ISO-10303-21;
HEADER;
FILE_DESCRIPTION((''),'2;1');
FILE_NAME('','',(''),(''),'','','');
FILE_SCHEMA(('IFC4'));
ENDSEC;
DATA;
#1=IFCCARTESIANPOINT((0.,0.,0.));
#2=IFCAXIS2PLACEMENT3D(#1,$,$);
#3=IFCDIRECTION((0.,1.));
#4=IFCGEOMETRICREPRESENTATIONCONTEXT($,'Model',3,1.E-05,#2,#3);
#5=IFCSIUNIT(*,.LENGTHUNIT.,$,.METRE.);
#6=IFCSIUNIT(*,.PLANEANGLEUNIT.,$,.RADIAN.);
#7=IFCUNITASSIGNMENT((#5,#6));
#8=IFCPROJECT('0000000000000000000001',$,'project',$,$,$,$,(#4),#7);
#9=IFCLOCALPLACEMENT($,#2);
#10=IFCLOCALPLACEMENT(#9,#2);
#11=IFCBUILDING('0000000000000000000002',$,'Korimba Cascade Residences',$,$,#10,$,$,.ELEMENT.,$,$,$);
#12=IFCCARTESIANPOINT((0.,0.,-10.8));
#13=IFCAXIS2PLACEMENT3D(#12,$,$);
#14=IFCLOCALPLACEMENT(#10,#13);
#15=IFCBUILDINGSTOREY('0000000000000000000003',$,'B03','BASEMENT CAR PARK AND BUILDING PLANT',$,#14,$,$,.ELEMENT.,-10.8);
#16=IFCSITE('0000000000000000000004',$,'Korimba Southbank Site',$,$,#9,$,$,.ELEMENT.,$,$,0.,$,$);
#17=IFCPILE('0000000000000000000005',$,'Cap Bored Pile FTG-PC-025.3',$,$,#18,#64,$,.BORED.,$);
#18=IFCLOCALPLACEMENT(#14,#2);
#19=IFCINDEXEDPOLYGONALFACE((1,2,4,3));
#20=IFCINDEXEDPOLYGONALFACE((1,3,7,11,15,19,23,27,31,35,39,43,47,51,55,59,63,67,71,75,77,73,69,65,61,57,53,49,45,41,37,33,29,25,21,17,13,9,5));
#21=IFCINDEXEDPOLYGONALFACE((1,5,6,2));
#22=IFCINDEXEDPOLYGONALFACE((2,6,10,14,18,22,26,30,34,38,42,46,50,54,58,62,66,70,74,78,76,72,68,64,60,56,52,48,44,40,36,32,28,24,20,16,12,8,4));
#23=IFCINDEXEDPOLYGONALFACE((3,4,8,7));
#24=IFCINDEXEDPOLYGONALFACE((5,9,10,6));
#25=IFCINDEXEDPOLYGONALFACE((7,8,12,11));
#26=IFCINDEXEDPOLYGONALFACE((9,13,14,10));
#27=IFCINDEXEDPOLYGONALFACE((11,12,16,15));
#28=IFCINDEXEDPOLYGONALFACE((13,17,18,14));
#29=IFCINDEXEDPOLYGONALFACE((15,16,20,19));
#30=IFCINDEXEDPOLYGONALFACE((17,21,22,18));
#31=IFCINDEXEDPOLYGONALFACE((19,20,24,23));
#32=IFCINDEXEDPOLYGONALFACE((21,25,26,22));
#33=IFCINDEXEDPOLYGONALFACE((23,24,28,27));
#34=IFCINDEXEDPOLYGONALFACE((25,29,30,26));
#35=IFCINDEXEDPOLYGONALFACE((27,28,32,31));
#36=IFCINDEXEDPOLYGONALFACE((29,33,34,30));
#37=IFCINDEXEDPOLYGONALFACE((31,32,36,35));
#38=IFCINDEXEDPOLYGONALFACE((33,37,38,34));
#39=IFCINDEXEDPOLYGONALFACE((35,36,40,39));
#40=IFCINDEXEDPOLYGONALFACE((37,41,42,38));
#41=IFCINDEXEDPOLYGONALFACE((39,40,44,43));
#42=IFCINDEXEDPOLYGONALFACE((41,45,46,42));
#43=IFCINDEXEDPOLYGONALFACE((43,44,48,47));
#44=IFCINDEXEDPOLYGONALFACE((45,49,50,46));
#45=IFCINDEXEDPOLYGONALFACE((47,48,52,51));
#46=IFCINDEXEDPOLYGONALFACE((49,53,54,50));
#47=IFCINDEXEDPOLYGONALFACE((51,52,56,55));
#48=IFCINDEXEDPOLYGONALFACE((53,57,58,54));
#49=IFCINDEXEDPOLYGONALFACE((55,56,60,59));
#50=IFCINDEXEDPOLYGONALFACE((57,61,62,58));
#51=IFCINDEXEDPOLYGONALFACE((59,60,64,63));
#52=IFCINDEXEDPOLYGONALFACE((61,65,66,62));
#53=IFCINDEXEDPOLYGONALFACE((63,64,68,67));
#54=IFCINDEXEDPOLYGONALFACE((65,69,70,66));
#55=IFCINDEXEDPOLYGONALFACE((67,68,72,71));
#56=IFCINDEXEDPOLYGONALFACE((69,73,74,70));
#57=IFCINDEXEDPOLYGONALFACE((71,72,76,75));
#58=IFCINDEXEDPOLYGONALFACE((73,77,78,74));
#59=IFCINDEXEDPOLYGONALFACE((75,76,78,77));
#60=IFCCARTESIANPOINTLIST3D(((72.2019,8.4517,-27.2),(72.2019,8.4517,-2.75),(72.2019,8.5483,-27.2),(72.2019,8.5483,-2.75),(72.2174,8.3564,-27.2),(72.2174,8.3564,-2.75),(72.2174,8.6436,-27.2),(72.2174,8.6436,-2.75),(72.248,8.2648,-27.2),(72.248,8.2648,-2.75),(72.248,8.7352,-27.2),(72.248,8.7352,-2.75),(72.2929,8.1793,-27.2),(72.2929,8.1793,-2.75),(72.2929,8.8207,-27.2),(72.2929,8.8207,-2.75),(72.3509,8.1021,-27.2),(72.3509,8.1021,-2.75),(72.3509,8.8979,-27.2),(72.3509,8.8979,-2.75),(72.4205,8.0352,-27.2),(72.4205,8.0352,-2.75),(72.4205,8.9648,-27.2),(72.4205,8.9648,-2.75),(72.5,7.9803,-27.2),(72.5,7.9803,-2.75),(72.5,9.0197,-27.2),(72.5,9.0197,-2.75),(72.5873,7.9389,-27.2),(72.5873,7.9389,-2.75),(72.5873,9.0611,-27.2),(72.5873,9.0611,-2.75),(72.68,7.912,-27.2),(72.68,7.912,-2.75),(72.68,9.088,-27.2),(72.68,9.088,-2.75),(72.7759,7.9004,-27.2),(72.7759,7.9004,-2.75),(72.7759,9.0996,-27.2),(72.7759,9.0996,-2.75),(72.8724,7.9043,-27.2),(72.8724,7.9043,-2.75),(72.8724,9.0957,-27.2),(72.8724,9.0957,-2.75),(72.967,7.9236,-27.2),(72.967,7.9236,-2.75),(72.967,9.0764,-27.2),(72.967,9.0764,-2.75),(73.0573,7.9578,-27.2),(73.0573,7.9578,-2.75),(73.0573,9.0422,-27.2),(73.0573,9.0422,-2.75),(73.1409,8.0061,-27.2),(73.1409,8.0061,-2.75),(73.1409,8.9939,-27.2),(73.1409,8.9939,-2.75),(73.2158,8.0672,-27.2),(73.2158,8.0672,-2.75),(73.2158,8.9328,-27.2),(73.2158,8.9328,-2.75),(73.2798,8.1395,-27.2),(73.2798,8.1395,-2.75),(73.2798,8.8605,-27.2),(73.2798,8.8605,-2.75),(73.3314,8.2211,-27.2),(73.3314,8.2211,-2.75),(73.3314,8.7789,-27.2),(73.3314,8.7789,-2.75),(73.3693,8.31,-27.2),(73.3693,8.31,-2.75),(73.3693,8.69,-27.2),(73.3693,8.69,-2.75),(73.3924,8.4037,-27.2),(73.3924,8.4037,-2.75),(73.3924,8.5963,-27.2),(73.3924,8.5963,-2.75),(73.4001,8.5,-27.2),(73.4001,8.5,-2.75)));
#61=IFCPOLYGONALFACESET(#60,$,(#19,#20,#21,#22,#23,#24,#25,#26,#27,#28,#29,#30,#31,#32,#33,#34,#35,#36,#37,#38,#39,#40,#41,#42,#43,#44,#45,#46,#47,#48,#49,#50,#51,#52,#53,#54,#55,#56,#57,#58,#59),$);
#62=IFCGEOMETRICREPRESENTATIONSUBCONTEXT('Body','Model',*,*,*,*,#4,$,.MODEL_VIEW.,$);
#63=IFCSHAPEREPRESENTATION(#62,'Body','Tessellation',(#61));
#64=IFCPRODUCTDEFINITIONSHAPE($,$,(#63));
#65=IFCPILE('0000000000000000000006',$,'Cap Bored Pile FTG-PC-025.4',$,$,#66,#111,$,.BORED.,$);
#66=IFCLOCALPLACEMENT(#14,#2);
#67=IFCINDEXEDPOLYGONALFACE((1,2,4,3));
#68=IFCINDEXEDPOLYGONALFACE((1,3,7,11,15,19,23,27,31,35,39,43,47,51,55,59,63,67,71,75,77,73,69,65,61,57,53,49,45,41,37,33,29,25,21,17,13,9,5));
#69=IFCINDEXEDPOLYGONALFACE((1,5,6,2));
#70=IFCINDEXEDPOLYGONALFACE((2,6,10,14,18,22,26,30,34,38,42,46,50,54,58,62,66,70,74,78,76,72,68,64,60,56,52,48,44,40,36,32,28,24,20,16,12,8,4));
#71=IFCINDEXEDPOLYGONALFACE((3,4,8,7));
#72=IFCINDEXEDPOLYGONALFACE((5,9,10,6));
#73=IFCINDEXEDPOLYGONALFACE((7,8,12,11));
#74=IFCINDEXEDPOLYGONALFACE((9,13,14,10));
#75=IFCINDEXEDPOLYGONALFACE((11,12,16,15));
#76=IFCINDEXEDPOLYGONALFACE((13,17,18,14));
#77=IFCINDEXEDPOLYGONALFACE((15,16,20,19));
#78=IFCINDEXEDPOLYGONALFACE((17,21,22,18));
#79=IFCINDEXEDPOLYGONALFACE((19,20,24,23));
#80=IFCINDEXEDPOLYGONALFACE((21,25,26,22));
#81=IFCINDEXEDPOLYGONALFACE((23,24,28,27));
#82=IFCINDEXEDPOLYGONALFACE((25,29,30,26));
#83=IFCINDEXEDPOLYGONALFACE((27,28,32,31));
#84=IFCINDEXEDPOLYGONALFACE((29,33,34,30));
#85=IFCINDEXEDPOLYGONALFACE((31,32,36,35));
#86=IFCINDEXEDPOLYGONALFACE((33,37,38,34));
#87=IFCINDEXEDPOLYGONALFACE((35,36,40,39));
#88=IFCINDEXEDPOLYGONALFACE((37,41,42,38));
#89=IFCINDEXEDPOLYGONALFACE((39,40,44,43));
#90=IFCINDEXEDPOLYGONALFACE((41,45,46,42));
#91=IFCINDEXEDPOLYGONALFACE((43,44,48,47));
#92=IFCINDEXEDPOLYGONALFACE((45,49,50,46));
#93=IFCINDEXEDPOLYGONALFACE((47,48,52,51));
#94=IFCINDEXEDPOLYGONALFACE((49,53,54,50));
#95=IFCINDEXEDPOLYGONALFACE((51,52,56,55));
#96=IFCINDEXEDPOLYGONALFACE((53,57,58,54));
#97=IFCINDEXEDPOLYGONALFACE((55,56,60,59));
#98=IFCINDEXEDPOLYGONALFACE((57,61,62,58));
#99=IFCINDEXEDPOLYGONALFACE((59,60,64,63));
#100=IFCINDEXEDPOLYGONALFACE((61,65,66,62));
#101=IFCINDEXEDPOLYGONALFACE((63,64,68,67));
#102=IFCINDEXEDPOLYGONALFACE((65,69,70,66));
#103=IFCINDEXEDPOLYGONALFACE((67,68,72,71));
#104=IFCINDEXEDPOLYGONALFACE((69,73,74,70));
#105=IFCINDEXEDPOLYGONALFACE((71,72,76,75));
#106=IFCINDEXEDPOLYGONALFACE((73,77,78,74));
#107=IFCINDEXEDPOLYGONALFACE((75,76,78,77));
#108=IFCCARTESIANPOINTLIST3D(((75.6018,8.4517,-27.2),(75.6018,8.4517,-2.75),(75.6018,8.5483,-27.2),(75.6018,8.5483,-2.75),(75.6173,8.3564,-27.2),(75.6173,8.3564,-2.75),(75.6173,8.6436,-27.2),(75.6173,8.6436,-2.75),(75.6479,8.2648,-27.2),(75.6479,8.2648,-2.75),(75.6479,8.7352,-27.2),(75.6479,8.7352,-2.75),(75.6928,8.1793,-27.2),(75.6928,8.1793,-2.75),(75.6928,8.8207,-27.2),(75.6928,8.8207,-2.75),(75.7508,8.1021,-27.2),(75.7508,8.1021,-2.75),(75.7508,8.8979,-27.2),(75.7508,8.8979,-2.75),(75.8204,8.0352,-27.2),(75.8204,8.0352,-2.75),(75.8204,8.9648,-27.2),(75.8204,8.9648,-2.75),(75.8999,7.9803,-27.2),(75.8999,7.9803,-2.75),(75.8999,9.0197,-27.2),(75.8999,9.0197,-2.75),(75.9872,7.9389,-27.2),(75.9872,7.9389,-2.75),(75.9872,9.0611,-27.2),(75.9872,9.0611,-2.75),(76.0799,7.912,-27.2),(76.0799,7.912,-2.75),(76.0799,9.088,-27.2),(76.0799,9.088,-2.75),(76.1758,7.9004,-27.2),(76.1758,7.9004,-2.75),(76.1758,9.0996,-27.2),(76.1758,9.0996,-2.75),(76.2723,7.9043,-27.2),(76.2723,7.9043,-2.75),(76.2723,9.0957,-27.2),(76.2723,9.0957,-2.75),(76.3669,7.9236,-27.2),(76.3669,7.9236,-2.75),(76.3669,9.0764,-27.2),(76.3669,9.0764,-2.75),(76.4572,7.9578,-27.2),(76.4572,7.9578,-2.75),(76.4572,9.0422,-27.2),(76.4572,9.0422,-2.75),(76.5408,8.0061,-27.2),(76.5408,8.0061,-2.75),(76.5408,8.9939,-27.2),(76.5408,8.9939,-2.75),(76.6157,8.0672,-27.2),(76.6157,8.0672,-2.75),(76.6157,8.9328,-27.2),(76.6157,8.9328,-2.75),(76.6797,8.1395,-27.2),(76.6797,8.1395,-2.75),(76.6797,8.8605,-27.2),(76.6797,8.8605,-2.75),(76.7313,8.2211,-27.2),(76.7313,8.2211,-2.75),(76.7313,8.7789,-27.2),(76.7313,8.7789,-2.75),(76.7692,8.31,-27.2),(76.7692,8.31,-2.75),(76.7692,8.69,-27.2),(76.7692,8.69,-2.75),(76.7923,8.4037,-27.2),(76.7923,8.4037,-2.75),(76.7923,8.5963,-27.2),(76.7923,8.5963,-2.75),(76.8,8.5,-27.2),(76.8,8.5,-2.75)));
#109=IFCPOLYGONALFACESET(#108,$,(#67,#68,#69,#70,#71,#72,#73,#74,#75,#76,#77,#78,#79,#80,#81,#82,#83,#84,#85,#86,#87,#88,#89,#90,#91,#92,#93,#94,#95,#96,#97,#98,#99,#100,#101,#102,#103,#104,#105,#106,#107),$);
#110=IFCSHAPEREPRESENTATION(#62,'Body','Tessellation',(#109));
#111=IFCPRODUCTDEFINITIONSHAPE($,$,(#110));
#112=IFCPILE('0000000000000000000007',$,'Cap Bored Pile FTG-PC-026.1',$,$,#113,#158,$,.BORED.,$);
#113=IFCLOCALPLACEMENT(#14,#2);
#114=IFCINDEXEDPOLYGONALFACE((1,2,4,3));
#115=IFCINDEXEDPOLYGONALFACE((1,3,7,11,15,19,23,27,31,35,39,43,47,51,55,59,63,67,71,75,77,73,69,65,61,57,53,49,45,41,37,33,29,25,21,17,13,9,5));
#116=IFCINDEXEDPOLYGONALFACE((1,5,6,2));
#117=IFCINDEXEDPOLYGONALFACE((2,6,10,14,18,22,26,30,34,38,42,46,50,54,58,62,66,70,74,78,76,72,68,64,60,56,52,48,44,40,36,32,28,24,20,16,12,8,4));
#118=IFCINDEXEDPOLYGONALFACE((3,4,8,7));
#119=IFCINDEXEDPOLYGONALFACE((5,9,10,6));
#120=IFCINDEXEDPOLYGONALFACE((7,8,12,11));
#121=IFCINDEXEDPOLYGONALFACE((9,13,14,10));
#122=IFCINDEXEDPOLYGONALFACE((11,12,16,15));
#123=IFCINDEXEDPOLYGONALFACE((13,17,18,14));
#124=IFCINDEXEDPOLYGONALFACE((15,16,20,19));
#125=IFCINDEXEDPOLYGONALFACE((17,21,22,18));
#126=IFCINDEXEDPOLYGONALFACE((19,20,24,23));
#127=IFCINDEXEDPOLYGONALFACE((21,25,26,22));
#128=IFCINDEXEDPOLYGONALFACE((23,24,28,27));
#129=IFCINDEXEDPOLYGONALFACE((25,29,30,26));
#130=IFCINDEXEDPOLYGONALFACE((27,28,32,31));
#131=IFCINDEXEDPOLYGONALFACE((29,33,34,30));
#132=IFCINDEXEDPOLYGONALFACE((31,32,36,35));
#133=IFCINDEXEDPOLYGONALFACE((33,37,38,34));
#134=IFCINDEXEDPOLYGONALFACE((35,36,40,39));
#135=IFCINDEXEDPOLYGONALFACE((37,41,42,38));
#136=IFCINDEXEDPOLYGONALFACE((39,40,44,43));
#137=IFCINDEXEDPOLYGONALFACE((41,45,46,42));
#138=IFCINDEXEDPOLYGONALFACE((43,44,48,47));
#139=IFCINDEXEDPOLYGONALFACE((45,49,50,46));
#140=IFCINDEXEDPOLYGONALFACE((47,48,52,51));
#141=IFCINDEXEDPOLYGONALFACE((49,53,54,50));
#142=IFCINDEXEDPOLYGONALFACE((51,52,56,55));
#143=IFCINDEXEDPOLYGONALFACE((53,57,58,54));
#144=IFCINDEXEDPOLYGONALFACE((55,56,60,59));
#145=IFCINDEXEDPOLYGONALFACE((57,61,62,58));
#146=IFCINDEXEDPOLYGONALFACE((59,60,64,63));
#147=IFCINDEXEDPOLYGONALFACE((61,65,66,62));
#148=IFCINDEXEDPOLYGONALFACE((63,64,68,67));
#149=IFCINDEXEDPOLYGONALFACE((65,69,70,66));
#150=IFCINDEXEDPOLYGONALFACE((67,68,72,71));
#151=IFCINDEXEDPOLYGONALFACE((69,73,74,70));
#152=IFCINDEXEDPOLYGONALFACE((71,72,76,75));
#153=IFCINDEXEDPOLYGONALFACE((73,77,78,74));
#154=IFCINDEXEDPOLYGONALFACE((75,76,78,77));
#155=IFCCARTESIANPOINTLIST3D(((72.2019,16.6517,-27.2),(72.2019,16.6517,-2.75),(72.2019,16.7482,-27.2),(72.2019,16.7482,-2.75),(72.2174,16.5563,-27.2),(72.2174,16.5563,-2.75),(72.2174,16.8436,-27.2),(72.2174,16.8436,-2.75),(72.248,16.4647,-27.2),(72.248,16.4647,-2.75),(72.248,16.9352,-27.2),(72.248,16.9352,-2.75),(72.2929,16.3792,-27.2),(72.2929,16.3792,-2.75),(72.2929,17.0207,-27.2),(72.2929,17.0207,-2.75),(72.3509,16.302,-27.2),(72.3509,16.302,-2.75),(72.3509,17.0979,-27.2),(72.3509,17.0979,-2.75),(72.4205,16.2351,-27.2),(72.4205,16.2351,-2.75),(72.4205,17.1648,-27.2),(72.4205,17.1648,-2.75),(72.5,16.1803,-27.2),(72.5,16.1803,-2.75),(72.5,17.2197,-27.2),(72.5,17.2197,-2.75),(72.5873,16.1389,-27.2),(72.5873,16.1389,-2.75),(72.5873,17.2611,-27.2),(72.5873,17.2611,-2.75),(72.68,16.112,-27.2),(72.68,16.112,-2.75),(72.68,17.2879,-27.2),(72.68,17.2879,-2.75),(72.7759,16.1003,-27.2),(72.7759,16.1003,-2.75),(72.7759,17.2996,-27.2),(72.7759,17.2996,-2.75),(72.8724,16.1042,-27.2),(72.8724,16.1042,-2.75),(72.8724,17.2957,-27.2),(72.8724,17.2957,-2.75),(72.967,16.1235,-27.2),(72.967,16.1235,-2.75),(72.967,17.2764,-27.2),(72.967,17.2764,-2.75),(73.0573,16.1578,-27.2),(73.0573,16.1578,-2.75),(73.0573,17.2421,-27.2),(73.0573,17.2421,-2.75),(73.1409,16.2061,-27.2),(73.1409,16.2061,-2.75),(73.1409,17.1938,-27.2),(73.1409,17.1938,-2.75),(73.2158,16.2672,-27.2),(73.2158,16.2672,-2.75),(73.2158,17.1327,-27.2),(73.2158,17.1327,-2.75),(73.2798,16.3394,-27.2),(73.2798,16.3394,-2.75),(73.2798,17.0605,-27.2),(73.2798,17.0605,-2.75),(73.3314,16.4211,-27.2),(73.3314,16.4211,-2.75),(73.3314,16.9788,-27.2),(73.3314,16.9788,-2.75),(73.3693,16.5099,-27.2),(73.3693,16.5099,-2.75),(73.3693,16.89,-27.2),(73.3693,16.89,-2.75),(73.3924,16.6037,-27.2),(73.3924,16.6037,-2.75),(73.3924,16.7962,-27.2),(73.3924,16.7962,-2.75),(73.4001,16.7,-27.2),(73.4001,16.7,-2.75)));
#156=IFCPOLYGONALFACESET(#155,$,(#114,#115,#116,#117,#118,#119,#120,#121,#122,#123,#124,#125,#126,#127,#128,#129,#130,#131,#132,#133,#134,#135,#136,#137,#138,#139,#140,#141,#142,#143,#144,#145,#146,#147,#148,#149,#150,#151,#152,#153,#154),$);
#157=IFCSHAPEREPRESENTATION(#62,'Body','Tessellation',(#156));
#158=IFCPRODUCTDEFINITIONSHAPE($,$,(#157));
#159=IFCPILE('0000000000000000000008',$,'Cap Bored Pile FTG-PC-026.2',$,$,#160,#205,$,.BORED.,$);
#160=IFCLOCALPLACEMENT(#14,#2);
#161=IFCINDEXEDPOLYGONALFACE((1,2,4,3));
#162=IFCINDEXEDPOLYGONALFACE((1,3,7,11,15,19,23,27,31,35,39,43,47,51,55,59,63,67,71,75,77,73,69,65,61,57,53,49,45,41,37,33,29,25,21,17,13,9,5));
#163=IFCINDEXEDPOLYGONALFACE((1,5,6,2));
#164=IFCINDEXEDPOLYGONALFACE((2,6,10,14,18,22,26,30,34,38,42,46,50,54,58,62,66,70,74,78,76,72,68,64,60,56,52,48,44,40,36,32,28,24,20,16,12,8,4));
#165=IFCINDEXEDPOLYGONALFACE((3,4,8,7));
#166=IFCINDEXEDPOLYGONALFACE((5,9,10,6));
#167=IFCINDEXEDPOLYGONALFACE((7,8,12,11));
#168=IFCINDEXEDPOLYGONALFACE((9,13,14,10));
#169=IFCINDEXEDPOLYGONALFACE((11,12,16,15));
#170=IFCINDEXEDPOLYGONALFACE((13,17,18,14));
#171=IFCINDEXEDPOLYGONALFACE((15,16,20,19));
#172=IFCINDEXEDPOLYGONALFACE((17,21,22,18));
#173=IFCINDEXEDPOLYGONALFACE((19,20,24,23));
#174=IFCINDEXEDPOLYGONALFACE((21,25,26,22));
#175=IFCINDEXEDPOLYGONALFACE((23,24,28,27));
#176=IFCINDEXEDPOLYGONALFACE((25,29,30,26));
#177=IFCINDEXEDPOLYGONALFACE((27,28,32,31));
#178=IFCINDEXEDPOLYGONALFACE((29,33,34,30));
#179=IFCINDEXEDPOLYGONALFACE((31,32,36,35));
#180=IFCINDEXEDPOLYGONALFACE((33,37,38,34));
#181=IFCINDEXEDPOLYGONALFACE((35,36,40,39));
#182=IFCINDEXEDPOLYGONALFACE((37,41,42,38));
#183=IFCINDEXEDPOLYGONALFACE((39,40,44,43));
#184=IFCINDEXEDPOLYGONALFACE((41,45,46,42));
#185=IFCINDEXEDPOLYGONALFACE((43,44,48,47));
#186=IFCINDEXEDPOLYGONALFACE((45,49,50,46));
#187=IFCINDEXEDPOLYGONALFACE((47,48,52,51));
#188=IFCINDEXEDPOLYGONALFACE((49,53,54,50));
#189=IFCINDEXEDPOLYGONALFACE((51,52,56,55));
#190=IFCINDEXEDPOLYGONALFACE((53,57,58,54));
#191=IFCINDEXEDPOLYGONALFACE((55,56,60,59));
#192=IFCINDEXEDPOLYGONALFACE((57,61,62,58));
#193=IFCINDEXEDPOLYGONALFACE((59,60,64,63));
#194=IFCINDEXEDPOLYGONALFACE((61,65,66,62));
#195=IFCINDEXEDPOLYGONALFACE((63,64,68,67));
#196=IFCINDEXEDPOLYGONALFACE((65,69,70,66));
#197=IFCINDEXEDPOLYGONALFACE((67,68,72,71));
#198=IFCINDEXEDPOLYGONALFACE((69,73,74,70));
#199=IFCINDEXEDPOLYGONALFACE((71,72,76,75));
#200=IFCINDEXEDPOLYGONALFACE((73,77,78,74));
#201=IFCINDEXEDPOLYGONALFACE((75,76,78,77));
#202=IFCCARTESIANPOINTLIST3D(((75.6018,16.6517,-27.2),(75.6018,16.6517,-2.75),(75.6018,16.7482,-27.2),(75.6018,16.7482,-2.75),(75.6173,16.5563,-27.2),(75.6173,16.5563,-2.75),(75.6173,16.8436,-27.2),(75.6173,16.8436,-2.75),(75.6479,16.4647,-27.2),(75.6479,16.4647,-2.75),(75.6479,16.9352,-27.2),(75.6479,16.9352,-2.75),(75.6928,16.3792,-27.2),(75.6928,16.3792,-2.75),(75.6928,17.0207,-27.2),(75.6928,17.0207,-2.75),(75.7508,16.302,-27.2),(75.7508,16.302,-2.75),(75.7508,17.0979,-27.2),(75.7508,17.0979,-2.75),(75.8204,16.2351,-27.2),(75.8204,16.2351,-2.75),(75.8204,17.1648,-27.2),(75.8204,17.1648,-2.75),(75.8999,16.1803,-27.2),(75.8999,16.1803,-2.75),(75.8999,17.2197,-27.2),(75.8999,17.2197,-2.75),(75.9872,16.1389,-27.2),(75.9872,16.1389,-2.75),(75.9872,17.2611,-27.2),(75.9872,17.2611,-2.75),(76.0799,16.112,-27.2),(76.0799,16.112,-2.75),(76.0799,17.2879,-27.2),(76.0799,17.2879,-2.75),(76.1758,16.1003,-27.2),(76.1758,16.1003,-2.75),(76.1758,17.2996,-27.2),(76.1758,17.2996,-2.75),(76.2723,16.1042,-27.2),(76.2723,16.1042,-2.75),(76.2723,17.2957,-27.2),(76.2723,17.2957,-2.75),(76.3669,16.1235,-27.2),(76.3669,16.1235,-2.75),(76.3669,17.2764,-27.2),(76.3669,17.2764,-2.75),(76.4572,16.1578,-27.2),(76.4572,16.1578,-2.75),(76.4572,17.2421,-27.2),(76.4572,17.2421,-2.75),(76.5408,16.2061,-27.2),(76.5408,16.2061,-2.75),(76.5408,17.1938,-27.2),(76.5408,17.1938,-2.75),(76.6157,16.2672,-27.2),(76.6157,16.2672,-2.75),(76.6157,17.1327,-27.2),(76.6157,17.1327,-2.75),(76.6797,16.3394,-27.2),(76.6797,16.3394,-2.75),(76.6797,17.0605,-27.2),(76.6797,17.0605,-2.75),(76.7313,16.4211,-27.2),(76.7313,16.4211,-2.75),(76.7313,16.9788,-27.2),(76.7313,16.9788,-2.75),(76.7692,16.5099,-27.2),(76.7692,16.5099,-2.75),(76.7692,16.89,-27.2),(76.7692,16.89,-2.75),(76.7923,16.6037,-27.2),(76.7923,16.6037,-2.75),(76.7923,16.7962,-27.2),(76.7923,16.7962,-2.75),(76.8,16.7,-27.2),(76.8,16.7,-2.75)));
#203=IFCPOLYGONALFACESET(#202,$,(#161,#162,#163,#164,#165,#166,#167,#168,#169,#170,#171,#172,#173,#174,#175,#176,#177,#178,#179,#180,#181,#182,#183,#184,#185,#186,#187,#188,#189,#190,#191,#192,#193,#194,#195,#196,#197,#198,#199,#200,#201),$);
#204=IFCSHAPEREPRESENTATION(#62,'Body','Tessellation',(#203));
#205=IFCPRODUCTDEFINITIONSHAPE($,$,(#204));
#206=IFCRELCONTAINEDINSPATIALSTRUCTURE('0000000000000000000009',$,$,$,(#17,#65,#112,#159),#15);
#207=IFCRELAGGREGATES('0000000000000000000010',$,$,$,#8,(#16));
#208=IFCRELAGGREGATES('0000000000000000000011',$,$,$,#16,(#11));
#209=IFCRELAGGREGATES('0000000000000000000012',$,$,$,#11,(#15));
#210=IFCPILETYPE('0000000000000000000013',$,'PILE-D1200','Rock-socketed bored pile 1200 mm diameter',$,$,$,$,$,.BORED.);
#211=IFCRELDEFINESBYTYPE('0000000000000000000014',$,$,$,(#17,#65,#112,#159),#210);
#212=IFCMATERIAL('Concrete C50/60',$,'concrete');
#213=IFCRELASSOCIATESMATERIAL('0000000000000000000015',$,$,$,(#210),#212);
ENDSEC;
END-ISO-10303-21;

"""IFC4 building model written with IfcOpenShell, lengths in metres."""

from ifc_helpers import new_model, si_unit, direction, frame, origin, origin_2d, place, context, subcontext, project, spatial, circle, extrude, material, material_profile, profile_set, type_object, element, save


model = new_model("IFC4")

# Units and contexts
model_context = context("Model", 3, precision=1e-05, world=origin(), true_north=direction((0.0, 1.0)))
body_context = subcontext(model_context, "Body", "Model", "MODEL_VIEW")
ifc_project = project(units=[si_unit("LENGTHUNIT", "METRE"), si_unit("PLANEANGLEUNIT", "RADIAN")], contexts=[model_context])

# Site, building, storey
site_placement = place(None, origin())
site = spatial("IfcSite", under=ifc_project, at=site_placement, Name="Korimba Southbank Site", CompositionType="ELEMENT", RefElevation=0.0)
building_placement = place(site_placement, origin())
building = spatial("IfcBuilding", under=site, at=building_placement, Name="Korimba Cascade Residences", CompositionType="ELEMENT")
storey_placement = place(building_placement, frame((0.0, 0.0, -10.8)))
storey = spatial("IfcBuildingStorey", under=building, at=storey_placement, Name="B03", Description="BASEMENT CAR PARK AND BUILDING PLANT", CompositionType="ELEMENT", Elevation=-10.8)

# Piles
ifc_material_1 = material(Name="Concrete C50/60", Category="concrete")
ifc_material_profile_1 = material_profile(ifc_material_1, circle(Radius=0.6001, at=origin_2d()), Name="Concrete C50/60")
ifc_profile_set_1 = profile_set([ifc_material_profile_1], Name="Concrete C50/60")
pile_type = type_object("IfcPileType", Name="PILE-D1200", Description="Rock-socketed bored pile 1200 mm diameter", PredefinedType="BORED", material=ifc_profile_set_1)
for number, where, z_axis, x_axis, name in (
    (1, (72.8, 8.5, -2.75), (0.0, 0.0, -1.0), (1.0, 0.0, 0.0), "Cap Bored Pile FTG-PC-025.3"),
    (2, (76.2, 8.5, -2.75), (0.0, 0.0, -1.0), (1.0, 0.0, 0.0), "Cap Bored Pile FTG-PC-025.4"),
    (3, (72.8, 16.7, -2.75), (0.0, 0.0, -1.0), (1.0, 0.0, 0.0), "Cap Bored Pile FTG-PC-026.1"),
    (4, (76.2, 16.7, -2.75), (0.0, 0.0, -1.0), (1.0, 0.0, 0.0), "Cap Bored Pile FTG-PC-026.2"),
):
    element("IfcPile", number, at=place(storey_placement, frame(where, z_axis=z_axis, x_axis=x_axis)), inside=storey, type_object=pile_type, Name=name, PredefinedType="BORED", context=body_context, shape_type="SweptSolid", body=[
        extrude(circle(Radius=0.6001, at=origin_2d()), origin(), (0.0, 0.0, 1.0), 24.45),
    ])

save(model, "model.ifc")
